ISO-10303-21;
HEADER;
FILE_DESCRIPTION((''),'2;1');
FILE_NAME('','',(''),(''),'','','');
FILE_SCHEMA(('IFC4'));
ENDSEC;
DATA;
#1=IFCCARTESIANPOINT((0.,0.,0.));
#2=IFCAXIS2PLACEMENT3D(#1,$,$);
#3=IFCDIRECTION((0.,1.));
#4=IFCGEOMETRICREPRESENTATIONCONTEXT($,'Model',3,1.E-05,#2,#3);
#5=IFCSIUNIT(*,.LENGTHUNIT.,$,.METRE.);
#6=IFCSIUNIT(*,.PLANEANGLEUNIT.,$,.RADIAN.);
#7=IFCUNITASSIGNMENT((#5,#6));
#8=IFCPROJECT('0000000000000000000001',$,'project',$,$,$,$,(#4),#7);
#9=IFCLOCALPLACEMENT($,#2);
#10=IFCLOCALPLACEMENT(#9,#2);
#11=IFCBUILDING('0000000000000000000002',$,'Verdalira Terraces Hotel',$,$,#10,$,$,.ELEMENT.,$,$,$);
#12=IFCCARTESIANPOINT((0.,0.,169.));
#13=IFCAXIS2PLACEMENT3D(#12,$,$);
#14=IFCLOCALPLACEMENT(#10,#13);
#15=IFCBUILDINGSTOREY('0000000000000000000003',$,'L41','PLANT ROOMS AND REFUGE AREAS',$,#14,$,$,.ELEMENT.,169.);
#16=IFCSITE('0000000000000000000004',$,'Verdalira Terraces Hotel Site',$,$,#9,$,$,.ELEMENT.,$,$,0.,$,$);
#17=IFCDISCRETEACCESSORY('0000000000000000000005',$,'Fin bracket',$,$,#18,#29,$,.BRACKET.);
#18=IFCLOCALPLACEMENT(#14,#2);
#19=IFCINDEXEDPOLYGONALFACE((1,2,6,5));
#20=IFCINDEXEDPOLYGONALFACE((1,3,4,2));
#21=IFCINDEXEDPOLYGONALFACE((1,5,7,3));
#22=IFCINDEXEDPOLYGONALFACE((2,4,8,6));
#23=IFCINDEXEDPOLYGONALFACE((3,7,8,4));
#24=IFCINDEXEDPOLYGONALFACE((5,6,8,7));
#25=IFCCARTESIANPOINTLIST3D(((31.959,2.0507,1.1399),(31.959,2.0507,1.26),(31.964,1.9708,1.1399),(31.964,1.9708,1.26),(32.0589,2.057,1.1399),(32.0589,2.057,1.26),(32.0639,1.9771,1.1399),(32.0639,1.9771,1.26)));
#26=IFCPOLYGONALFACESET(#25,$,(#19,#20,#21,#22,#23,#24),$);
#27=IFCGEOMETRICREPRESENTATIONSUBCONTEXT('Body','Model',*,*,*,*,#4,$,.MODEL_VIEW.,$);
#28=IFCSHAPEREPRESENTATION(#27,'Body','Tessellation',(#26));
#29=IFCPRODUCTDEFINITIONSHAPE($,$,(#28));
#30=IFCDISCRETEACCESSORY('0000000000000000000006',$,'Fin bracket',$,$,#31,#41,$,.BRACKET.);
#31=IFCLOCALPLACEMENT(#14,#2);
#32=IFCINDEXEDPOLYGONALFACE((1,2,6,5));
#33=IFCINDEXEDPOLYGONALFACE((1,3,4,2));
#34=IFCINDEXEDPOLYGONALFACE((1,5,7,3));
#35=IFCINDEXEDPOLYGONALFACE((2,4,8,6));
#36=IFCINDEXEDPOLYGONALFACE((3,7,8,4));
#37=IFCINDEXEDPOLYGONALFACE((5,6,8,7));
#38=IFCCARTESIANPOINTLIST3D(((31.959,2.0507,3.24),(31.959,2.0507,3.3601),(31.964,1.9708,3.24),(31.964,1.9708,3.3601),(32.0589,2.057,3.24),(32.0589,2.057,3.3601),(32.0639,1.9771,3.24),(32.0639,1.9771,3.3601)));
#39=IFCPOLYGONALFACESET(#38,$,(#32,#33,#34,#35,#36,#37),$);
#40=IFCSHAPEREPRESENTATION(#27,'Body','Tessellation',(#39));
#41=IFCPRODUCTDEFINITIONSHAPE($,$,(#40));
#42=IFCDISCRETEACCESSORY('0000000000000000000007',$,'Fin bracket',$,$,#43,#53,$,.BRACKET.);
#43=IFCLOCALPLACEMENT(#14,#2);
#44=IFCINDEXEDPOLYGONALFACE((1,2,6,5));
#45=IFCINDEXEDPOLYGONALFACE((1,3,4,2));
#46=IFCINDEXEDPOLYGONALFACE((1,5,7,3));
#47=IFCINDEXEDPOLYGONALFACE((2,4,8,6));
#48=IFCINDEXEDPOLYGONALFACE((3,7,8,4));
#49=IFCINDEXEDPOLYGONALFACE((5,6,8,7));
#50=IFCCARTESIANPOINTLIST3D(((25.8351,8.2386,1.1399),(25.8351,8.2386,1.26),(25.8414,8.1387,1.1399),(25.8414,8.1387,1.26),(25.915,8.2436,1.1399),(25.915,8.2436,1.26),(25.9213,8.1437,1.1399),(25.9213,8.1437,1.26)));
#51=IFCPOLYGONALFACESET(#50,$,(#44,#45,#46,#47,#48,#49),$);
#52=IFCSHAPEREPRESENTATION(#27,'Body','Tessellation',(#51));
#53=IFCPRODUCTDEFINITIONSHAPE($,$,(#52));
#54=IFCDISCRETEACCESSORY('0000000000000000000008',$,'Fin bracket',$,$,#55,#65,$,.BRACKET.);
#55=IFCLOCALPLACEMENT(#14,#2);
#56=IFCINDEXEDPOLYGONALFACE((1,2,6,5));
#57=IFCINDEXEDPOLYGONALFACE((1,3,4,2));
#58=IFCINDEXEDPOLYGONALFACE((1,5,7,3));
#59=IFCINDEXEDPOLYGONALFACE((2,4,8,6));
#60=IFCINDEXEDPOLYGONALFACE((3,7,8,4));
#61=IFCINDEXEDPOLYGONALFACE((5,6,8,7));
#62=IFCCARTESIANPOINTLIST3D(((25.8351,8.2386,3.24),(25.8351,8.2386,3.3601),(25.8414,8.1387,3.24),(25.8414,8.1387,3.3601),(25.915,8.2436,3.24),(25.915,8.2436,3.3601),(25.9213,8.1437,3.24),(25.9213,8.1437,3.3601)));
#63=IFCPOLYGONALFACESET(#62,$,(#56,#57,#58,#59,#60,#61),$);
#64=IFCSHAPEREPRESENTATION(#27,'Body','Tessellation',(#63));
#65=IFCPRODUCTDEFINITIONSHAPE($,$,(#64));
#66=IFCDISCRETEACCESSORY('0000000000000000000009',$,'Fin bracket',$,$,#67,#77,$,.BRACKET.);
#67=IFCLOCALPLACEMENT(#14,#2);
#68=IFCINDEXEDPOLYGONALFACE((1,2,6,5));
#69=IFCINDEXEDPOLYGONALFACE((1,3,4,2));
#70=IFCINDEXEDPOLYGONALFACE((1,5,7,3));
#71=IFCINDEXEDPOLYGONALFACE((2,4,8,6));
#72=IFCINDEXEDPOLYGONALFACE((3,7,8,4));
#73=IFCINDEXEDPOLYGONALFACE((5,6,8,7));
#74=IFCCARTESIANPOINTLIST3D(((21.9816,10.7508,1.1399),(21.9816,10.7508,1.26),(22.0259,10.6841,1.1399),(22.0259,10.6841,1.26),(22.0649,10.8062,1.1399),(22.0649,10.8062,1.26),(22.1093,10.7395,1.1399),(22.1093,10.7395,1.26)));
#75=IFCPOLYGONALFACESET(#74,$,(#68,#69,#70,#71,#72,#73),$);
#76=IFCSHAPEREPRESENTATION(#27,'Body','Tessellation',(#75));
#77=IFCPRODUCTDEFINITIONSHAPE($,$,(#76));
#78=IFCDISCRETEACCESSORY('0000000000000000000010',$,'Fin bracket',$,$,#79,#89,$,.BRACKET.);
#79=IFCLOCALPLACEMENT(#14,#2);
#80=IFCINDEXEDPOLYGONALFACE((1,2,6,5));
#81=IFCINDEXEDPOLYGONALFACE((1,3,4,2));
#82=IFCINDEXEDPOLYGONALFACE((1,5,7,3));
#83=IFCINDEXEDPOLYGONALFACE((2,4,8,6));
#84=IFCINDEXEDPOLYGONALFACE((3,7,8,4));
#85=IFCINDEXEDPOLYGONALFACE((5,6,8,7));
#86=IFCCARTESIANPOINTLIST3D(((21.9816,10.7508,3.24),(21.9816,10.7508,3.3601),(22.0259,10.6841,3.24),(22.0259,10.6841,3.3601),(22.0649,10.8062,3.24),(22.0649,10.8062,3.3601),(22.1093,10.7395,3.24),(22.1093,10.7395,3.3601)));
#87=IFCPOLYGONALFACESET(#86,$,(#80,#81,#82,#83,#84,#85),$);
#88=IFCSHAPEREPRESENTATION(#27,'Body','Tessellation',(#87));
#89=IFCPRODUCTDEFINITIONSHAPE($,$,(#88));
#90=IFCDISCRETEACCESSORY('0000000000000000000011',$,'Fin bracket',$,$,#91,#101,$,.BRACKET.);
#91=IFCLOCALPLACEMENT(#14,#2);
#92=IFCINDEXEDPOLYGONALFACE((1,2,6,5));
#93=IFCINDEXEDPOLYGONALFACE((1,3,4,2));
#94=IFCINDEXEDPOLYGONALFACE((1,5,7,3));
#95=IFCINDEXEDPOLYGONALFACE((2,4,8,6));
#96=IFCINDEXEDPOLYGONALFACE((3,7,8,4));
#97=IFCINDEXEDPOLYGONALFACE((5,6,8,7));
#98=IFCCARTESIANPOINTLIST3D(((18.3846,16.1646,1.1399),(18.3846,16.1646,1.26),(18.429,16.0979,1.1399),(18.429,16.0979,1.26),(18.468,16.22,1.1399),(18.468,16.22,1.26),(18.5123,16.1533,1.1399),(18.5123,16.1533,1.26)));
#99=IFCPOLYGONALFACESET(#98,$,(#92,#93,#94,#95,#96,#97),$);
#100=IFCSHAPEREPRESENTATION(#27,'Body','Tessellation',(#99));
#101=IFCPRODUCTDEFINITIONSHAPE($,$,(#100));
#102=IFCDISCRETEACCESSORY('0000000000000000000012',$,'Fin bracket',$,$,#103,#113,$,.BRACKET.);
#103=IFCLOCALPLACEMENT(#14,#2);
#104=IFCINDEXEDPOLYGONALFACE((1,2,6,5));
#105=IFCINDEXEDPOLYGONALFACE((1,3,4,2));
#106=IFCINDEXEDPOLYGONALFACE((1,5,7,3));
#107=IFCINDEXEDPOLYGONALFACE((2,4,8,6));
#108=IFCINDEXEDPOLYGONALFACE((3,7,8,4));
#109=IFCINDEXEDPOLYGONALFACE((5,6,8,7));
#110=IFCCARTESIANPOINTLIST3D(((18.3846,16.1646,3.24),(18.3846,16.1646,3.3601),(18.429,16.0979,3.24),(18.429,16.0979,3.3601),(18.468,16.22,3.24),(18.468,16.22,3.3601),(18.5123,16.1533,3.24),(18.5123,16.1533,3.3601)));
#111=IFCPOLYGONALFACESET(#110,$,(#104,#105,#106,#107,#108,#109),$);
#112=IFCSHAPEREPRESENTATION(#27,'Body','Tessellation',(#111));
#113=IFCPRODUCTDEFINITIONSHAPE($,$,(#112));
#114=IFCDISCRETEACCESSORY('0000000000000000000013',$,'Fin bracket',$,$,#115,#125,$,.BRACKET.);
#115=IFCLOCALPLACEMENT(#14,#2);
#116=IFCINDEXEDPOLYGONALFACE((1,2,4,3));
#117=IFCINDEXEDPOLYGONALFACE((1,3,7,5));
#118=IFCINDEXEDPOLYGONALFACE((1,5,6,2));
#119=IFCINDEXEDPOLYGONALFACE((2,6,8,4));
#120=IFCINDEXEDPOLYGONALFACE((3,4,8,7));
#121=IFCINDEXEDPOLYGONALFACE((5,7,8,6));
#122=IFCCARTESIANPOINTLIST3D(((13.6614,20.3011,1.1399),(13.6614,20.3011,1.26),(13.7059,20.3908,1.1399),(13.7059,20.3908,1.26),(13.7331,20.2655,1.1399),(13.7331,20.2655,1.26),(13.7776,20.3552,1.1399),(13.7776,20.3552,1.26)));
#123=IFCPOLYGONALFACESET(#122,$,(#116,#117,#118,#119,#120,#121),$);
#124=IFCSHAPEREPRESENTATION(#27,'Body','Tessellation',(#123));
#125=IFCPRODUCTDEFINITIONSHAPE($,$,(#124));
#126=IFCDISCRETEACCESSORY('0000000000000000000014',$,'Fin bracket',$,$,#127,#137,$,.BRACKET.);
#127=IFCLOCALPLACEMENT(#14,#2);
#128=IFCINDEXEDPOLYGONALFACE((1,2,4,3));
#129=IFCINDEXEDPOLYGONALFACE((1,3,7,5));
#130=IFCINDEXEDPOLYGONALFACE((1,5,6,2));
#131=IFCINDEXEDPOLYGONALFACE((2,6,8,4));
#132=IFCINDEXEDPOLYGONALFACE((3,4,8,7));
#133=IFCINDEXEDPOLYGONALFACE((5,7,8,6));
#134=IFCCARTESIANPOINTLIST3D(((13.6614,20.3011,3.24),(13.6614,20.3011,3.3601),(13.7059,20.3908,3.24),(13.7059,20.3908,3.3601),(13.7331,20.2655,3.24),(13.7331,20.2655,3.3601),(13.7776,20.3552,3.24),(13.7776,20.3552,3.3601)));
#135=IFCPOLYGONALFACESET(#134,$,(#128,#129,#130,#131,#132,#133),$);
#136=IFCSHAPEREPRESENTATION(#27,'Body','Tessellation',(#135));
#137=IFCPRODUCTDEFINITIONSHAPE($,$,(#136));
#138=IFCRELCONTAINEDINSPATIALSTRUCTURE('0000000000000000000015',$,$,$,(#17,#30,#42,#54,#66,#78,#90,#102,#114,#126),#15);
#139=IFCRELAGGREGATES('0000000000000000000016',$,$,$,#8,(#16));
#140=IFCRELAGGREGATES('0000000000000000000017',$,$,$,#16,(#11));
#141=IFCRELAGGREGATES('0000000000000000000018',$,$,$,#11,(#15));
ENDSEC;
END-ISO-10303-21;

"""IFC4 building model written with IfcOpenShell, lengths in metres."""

from ifc_helpers import new_model, si_unit, direction, frame, origin, origin_2d, place, context, subcontext, project, spatial, rectangle, extrude, element, save


model = new_model("IFC4")

# Units and contexts
model_context = context("Model", 3, precision=1e-05, world=origin(), true_north=direction((0.0, 1.0)))
body_context = subcontext(model_context, "Body", "Model", "MODEL_VIEW")
ifc_project = project(units=[si_unit("LENGTHUNIT", "METRE"), si_unit("PLANEANGLEUNIT", "RADIAN")], contexts=[model_context])

# Site, building, storey
site_placement = place(None, origin())
site = spatial("IfcSite", under=ifc_project, at=site_placement, Name="Verdalira Terraces Hotel Site", CompositionType="ELEMENT", RefElevation=0.0)
building_placement = place(site_placement, origin())
building = spatial("IfcBuilding", under=site, at=building_placement, Name="Verdalira Terraces Hotel", CompositionType="ELEMENT")
storey_placement = place(building_placement, frame((0.0, 0.0, 169.0)))
storey = spatial("IfcBuildingStorey", under=building, at=storey_placement, Name="L41", Description="PLANT ROOMS AND REFUGE AREAS", CompositionType="ELEMENT", Elevation=169.0)

# Discrete accessories
for number, where, z_axis, x_axis, name in (
    (1, (32.0115, 2.0139, 1.1399), (0.0, 0.0, 1.0), (-0.062791, 0.998027, 0.0), "Fin bracket"),
    (2, (32.0115, 2.0139, 3.24), (0.0, 0.0, 1.0), (-0.062791, 0.998027, 0.0), "Fin bracket"),
    (3, (25.8782, 8.1912, 1.1399), (0.0, 0.0, 1.0), (-0.998027, -0.062791, 0.0), "Fin bracket"),
    (4, (25.8782, 8.1912, 3.24), (0.0, 0.0, 1.0), (-0.998027, -0.062791, 0.0), "Fin bracket"),
    (5, (22.0454, 10.7451, 1.1399), (0.0, 0.0, 1.0), (-0.553392, 0.832921, 0.0), "Fin bracket"),
    (6, (22.0454, 10.7451, 3.24), (0.0, 0.0, 1.0), (-0.553392, 0.832921, 0.0), "Fin bracket"),
    (7, (18.4485, 16.1589, 1.1399), (0.0, 0.0, 1.0), (-0.553392, 0.832921, 0.0), "Fin bracket"),
    (8, (18.4485, 16.1589, 3.24), (0.0, 0.0, 1.0), (-0.553392, 0.832921, 0.0), "Fin bracket"),
    (9, (13.7195, 20.3281, 1.1399), (0.0, 0.0, 1.0), (-0.895712, 0.444635, 0.0), "Fin bracket"),
    (10, (13.7195, 20.3281, 3.24), (0.0, 0.0, 1.0), (-0.895712, 0.444635, 0.0), "Fin bracket"),
):
    element("IfcDiscreteAccessory", number, at=place(storey_placement, frame(where, z_axis=z_axis, x_axis=x_axis)), inside=storey, Name=name, PredefinedType="BRACKET", context=body_context, shape_type="SweptSolid", body=[
        extrude(rectangle(XDim=0.0801, YDim=0.1001, at=origin_2d()), origin(), (0.0, 0.0, 1.0), 0.1201),
    ])

save(model, "model.ifc")
